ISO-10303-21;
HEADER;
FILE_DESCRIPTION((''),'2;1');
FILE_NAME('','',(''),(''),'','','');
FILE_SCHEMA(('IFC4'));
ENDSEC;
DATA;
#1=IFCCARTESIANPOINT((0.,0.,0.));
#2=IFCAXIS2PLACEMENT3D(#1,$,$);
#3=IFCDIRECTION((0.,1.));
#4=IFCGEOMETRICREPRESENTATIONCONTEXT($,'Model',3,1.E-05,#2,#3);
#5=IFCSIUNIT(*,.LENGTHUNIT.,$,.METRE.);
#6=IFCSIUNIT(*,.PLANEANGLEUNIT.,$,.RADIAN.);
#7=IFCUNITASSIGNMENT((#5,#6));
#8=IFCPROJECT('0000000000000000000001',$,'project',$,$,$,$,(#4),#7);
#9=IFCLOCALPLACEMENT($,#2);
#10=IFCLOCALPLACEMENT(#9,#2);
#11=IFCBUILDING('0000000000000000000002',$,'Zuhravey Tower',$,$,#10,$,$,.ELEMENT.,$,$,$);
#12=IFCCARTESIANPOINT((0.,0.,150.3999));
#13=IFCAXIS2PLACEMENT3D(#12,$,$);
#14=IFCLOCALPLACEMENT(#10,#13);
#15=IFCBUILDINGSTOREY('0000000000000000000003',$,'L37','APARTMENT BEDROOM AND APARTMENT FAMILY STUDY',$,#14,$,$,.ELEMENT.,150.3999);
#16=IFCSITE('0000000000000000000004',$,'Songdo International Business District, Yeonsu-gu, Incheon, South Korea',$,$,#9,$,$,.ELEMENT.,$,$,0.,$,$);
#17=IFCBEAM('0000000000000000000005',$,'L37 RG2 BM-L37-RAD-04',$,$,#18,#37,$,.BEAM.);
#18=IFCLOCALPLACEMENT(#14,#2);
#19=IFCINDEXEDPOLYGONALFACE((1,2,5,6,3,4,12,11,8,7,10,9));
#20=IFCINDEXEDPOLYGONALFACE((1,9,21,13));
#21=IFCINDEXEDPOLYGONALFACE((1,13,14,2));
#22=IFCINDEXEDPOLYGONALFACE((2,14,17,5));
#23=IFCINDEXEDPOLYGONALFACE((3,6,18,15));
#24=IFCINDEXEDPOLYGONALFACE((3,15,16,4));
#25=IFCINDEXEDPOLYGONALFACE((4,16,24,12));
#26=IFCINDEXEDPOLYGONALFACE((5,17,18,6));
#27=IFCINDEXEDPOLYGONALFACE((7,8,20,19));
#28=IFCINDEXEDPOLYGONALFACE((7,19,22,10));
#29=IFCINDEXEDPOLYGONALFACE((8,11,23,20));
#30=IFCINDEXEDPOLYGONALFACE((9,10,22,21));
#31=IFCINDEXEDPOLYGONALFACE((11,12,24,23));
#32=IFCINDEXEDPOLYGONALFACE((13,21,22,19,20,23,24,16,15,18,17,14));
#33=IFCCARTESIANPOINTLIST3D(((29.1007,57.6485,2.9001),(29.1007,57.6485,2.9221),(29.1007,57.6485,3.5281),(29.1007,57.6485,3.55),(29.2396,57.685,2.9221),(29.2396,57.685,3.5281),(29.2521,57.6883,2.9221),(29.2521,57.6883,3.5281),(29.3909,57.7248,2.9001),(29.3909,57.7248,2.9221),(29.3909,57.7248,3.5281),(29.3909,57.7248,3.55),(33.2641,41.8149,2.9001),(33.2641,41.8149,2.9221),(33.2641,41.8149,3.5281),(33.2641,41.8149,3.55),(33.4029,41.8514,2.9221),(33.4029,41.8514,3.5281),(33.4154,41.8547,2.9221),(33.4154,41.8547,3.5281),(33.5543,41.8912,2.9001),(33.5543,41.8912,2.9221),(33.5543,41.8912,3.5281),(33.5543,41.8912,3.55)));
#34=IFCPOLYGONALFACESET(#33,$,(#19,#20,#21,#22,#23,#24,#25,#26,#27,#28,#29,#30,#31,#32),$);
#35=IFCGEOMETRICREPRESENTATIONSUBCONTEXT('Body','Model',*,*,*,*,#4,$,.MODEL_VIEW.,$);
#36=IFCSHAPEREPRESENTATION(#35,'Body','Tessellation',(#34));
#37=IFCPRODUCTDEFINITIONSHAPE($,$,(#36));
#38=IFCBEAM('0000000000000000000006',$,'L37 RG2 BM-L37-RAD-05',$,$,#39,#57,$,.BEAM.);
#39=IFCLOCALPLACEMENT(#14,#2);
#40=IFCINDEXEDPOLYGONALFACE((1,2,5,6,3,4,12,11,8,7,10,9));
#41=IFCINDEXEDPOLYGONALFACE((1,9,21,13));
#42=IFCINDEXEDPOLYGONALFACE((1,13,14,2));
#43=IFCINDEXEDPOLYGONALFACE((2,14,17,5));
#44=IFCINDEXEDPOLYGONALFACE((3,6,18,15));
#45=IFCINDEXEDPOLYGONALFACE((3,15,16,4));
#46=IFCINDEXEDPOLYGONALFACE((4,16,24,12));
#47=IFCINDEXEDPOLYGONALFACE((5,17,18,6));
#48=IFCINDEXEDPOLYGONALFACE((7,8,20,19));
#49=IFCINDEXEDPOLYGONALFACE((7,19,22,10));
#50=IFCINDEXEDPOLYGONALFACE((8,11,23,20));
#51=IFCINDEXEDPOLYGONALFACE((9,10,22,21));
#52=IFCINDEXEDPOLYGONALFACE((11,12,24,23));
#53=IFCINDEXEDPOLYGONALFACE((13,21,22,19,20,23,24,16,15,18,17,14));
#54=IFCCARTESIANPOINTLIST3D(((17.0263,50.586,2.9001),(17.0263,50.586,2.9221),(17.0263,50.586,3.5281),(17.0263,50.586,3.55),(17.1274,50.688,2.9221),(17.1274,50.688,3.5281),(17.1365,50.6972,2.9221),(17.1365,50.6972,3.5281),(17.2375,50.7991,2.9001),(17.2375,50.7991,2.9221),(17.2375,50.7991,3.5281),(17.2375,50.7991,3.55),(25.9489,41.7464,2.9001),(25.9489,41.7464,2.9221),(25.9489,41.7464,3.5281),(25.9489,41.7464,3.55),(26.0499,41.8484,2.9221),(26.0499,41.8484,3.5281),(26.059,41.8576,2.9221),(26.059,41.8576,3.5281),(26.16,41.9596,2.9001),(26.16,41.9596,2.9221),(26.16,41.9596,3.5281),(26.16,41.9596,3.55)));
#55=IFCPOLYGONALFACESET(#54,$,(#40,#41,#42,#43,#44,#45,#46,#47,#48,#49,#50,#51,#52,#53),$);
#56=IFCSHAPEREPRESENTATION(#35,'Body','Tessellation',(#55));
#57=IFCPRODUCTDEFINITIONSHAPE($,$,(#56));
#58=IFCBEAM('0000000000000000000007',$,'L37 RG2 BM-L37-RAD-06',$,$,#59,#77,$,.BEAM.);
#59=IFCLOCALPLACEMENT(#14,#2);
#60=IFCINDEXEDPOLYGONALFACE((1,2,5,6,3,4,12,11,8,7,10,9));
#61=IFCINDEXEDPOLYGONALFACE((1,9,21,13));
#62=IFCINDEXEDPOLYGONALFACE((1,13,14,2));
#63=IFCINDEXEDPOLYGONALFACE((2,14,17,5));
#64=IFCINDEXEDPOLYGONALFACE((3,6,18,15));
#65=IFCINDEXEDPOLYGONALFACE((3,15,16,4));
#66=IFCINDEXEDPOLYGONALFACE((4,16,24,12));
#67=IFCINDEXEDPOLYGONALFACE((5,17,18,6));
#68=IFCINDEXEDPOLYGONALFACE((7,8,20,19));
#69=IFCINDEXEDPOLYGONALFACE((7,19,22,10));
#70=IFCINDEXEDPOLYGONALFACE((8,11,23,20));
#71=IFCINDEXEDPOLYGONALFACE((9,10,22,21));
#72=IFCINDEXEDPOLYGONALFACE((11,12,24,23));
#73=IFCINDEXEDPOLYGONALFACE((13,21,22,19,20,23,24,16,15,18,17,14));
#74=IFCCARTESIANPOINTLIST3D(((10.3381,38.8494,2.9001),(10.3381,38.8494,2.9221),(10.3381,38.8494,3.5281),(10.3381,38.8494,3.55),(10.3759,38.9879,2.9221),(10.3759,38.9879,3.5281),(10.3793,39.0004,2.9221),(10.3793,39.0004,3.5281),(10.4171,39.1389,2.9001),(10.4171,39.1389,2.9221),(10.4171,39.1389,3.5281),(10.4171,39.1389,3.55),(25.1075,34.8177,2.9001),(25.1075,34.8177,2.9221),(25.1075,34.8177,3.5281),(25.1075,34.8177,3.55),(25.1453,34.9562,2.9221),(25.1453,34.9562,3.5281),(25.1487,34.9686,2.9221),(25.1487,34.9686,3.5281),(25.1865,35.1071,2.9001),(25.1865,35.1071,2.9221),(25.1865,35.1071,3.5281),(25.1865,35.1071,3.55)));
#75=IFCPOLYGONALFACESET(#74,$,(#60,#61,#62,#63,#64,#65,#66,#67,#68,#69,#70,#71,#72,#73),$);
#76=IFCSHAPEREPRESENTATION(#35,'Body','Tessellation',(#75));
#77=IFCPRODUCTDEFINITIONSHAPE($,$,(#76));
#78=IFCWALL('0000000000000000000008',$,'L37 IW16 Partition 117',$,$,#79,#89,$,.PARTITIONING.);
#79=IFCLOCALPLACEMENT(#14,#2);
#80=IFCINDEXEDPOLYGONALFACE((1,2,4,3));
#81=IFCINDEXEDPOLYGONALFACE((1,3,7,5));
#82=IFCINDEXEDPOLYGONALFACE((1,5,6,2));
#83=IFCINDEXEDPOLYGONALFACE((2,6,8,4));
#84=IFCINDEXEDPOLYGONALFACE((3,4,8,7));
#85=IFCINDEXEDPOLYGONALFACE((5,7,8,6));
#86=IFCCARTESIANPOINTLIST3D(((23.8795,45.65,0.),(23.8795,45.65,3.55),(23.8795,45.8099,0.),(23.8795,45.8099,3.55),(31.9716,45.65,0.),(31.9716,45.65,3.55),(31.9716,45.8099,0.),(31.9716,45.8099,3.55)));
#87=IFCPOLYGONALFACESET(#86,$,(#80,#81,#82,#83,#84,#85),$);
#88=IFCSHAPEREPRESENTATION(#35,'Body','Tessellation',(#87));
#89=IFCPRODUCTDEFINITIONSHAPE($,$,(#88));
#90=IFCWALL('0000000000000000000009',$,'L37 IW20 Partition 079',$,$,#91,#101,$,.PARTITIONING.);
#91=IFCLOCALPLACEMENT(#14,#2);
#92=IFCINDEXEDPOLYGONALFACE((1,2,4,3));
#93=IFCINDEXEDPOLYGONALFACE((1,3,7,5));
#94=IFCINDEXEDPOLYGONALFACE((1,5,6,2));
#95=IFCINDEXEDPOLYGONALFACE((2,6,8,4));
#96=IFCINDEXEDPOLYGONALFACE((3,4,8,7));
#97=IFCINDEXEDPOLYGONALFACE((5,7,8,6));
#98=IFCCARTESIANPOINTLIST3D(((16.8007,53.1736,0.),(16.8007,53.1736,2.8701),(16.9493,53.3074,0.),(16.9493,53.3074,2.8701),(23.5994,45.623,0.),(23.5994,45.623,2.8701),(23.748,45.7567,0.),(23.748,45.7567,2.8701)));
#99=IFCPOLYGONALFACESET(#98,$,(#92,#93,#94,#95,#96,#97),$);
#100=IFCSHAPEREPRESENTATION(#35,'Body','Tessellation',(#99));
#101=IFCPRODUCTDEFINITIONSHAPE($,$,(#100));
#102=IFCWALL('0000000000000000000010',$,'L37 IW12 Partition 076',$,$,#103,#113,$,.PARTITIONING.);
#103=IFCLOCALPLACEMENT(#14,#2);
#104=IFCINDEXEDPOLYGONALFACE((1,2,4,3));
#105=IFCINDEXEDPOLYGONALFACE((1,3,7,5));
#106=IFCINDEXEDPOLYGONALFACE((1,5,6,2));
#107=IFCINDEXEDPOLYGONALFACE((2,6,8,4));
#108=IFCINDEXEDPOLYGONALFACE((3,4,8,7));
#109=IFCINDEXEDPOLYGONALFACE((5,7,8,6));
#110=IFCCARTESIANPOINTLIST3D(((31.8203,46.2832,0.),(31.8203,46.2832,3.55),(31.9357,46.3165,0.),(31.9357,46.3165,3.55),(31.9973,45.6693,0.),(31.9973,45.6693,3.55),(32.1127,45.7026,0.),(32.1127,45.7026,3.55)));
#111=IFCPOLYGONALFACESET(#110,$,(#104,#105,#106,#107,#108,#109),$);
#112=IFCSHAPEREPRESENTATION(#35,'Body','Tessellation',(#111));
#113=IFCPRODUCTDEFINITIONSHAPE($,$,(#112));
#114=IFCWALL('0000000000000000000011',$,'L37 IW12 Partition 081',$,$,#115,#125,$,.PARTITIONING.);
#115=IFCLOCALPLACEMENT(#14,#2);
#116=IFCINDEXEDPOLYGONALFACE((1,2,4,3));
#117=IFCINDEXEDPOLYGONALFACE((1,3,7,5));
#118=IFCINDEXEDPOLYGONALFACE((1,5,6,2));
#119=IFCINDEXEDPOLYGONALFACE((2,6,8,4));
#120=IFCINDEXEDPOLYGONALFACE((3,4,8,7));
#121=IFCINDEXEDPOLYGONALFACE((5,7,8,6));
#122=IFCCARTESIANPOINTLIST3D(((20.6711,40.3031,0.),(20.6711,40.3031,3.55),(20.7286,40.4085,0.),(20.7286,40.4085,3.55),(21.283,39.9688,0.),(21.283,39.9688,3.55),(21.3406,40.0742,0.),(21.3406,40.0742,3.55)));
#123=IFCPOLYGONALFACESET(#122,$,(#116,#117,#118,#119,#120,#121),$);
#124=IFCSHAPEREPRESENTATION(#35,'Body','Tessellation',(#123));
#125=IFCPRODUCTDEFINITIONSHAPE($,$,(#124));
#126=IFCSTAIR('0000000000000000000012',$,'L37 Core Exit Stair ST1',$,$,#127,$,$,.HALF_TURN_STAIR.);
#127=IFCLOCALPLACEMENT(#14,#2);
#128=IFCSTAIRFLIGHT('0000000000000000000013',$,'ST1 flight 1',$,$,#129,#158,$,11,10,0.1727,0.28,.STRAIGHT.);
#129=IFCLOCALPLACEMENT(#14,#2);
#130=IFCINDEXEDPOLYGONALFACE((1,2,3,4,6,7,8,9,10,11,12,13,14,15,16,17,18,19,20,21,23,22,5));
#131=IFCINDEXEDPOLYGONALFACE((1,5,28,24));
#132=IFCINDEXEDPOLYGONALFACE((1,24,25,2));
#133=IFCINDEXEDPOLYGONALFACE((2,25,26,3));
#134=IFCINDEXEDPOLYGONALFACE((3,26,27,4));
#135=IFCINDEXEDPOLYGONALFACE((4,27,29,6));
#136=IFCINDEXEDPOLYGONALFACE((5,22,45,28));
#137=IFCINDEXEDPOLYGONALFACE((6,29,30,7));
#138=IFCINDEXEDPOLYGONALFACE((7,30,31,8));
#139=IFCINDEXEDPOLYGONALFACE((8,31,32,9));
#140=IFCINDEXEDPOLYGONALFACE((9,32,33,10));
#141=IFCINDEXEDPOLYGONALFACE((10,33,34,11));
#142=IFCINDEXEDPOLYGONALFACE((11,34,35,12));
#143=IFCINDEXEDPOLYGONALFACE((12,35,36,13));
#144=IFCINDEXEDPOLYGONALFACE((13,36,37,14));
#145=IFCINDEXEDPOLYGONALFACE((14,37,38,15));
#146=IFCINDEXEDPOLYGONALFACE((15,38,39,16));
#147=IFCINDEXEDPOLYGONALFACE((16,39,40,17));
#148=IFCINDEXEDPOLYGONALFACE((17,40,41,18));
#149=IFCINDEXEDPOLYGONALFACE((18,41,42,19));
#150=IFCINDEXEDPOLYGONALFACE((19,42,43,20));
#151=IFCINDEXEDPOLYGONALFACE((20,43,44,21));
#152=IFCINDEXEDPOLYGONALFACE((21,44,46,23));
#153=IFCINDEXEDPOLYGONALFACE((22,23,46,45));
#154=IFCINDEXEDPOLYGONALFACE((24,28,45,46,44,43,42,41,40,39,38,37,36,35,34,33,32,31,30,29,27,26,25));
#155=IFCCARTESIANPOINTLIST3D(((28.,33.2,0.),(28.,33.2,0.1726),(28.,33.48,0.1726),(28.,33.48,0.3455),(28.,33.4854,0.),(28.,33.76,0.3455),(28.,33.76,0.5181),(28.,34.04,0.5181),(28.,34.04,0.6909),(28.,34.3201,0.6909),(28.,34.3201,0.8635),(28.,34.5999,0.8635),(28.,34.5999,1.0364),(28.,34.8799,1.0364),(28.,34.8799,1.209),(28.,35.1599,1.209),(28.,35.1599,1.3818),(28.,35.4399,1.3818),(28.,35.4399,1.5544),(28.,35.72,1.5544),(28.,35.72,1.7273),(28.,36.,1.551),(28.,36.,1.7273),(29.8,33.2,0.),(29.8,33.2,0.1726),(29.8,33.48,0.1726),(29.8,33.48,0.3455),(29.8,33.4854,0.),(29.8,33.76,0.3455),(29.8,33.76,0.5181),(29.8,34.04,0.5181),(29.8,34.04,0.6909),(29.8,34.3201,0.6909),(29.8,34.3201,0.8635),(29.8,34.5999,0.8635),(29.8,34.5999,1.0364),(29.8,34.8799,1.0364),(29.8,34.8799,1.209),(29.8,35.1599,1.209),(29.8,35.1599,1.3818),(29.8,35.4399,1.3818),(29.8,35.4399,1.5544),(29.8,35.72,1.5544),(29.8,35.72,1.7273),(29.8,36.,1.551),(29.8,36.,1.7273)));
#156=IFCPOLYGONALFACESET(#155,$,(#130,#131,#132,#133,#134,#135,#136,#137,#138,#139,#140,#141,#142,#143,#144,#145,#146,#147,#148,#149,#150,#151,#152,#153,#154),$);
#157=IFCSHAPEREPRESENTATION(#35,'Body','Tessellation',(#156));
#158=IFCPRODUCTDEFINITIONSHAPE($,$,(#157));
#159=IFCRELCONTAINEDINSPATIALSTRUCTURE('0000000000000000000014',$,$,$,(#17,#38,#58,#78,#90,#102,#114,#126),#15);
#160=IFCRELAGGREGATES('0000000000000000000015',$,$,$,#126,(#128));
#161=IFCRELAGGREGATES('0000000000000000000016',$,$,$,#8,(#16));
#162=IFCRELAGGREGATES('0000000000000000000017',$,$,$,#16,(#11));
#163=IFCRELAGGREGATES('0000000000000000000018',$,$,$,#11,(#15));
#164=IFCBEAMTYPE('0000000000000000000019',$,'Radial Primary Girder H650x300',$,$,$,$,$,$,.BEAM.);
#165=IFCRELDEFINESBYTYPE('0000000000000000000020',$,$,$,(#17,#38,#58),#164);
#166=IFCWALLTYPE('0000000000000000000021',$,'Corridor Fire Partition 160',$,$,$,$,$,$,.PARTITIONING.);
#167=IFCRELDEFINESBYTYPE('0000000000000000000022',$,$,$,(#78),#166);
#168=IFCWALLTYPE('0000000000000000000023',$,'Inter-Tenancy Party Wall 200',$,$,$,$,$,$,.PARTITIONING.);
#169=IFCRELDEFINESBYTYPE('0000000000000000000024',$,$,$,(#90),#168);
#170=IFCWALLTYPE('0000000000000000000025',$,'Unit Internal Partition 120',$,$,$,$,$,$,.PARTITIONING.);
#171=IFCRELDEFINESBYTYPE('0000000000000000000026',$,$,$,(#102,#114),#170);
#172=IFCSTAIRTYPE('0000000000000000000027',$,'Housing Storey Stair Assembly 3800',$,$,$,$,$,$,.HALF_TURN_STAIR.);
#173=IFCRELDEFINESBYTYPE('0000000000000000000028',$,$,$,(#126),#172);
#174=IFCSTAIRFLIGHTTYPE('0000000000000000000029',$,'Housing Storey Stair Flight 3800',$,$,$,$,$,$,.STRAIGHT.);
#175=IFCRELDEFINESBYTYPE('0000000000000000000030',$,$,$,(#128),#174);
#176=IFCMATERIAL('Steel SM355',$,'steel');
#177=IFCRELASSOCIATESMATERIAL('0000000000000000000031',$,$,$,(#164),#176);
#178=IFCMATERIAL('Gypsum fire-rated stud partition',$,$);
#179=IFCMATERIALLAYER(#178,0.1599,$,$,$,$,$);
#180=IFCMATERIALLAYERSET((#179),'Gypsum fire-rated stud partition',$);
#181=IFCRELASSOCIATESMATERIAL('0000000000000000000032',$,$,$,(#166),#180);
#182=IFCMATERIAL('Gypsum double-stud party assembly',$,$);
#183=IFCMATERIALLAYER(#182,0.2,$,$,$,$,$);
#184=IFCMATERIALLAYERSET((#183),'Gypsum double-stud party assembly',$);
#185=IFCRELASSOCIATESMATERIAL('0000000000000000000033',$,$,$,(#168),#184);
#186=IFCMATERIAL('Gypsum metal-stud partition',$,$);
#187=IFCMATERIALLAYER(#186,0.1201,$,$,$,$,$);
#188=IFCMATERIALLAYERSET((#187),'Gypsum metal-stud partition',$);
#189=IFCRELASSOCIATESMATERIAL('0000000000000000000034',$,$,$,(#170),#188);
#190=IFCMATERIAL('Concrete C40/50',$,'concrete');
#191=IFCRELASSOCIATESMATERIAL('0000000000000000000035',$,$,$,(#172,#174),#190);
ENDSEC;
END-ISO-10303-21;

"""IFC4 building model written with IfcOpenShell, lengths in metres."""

from ifc_helpers import new_model, si_unit, direction, frame, frame_2d, origin, origin_2d, place, context, subcontext, project, spatial, polyline, rectangle, i_section, outline, extrude, material, layer, layer_set, material_profile, profile_set, type_object, element, aggregate, save


model = new_model("IFC4")

# Units and contexts
model_context = context("Model", 3, precision=1e-05, world=origin(), true_north=direction((0.0, 1.0)))
body_context = subcontext(model_context, "Body", "Model", "MODEL_VIEW")
ifc_project = project(units=[si_unit("LENGTHUNIT", "METRE"), si_unit("PLANEANGLEUNIT", "RADIAN")], contexts=[model_context])

# Site, building, storey
site_placement = place(None, origin())
site = spatial("IfcSite", under=ifc_project, at=site_placement, Name="Songdo International Business District, Yeonsu-gu, Incheon, South Korea", CompositionType="ELEMENT", RefElevation=0.0)
building_placement = place(site_placement, origin())
building = spatial("IfcBuilding", under=site, at=building_placement, Name="Zuhravey Tower", CompositionType="ELEMENT")
storey_placement = place(building_placement, frame((0.0, 0.0, 150.3999)))
storey = spatial("IfcBuildingStorey", under=building, at=storey_placement, Name="L37", Description="APARTMENT BEDROOM AND APARTMENT FAMILY STUDY", CompositionType="ELEMENT", Elevation=150.3999)

# Beams
ifc_material_1 = material(Name="Steel SM355", Category="steel")
ifc_material_profile = material_profile(ifc_material_1, i_section(OverallWidth=0.3, OverallDepth=0.6499, WebThickness=0.0129, FlangeThickness=0.022, at=origin_2d()), Name="H-650x300x13x22")
ifc_profile_set = profile_set([ifc_material_profile], Name="Steel SM355")
beam_type = type_object("IfcBeamType", Name="Radial Primary Girder H650x300", PredefinedType="BEAM", material=ifc_profile_set)
beam_1_placement = place(storey_placement, frame((33.4092, 41.853, 3.2251), z_axis=(-0.2543, 0.967125, 0.0), x_axis=(-0.967125, -0.2543, 0.0)))
element("IfcBeam", 1, at=beam_1_placement, inside=storey, type_object=beam_type, Name="L37 RG2 BM-L37-RAD-04", PredefinedType="BEAM", context=body_context, shape_type="SweptSolid", body=[
    extrude(i_section(OverallWidth=0.3, OverallDepth=0.6499, WebThickness=0.0129, FlangeThickness=0.022, at=origin_2d()), origin(), (0.0, 0.0, 1.0), 16.3718),
])
beam_2_placement = place(storey_placement, frame((26.0544, 41.853, 3.2251), z_axis=(-0.710404, 0.703795, 0.0), x_axis=(-0.703795, -0.710404, 0.0)))
element("IfcBeam", 2, at=beam_2_placement, inside=storey, type_object=beam_type, Name="L37 RG2 BM-L37-RAD-05", PredefinedType="BEAM", context=body_context, shape_type="SweptSolid", body=[
    extrude(i_section(OverallWidth=0.3, OverallDepth=0.6499, WebThickness=0.0129, FlangeThickness=0.022, at=origin_2d()), origin(), (0.0, 0.0, 1.0), 12.5598),
])
beam_3_placement = place(storey_placement, frame((25.147, 34.9624, 3.2251), z_axis=(-0.964702, 0.263345, 0.0), x_axis=(-0.263345, -0.964702, 0.0)))
element("IfcBeam", 3, at=beam_3_placement, inside=storey, type_object=beam_type, Name="L37 RG2 BM-L37-RAD-06", PredefinedType="BEAM", context=body_context, shape_type="SweptSolid", body=[
    extrude(i_section(OverallWidth=0.3, OverallDepth=0.6499, WebThickness=0.0129, FlangeThickness=0.022, at=origin_2d()), origin(), (0.0, 0.0, 1.0), 15.3098),
])

# Walls
ifc_material_2 = material(Name="Gypsum fire-rated stud partition")
ifc_layer_1 = layer(ifc_material_2, 0.1599)
ifc_layer_set_1 = layer_set([ifc_layer_1], Name="Gypsum fire-rated stud partition")
wall_type_1 = type_object("IfcWallType", Name="Corridor Fire Partition 160", PredefinedType="PARTITIONING", material=ifc_layer_set_1)
wall_1_placement = place(storey_placement, frame((31.9714, 45.73, 0.0), z_axis=(0.0, 0.0, 1.0), x_axis=(-1.0, 0.0, 0.0)))
element("IfcWall", 4, at=wall_1_placement, inside=storey, type_object=wall_type_1, Name="L37 IW16 Partition 117", PredefinedType="PARTITIONING", context=body_context, shape_type="SweptSolid", body=[
    extrude(rectangle(XDim=8.092, YDim=0.1599, at=frame_2d((4.0459, 0.0))), origin(), (0.0, 0.0, 1.0), 3.55),
])
ifc_material_3 = material(Name="Gypsum double-stud party assembly")
ifc_layer_2 = layer(ifc_material_3, 0.2)
ifc_layer_set_2 = layer_set([ifc_layer_2], Name="Gypsum double-stud party assembly")
wall_type_2 = type_object("IfcWallType", Name="Inter-Tenancy Party Wall 200", PredefinedType="PARTITIONING", material=ifc_layer_set_2)
wall_2_placement = place(storey_placement, frame((23.6736, 45.6899, 0.0), z_axis=(0.0, 0.0, 1.0), x_axis=(-0.669133, 0.743142, 0.0)))
element("IfcWall", 5, at=wall_2_placement, inside=storey, type_object=wall_type_2, Name="L37 IW20 Partition 079", PredefinedType="PARTITIONING", context=body_context, shape_type="SweptSolid", body=[
    extrude(rectangle(XDim=10.1604, YDim=0.2, at=frame_2d((5.0801, 0.0))), origin(), (0.0, 0.0, 1.0), 2.8701),
])
ifc_material_4 = material(Name="Gypsum metal-stud partition")
ifc_layer_3 = layer(ifc_material_4, 0.1201)
ifc_layer_set_3 = layer_set([ifc_layer_3], Name="Gypsum metal-stud partition")
wall_type_3 = type_object("IfcWallType", Name="Unit Internal Partition 120", PredefinedType="PARTITIONING", material=ifc_layer_set_3)
wall_3_placement = place(storey_placement, frame((32.0549, 45.686, 0.0), z_axis=(0.0, 0.0, 1.0), x_axis=(-0.276991, 0.960872, 0.0)))
element("IfcWall", 6, at=wall_3_placement, inside=storey, type_object=wall_type_3, Name="L37 IW12 Partition 076", PredefinedType="PARTITIONING", context=body_context, shape_type="SweptSolid", body=[
    extrude(rectangle(XDim=0.6389, YDim=0.1201, at=frame_2d((0.3193, 0.0))), origin(), (0.0, 0.0, 1.0), 3.55),
])
wall_4_placement = place(storey_placement, frame((21.3118, 40.0215, 0.0), z_axis=(0.0, 0.0, 1.0), x_axis=(-0.877588, 0.479416, 0.0)))
element("IfcWall", 7, at=wall_4_placement, inside=storey, type_object=wall_type_3, Name="L37 IW12 Partition 081", PredefinedType="PARTITIONING", context=body_context, shape_type="SweptSolid", body=[
    extrude(rectangle(XDim=0.6973, YDim=0.1201, at=frame_2d((0.3486, 0.0))), origin(), (0.0, 0.0, 1.0), 3.55),
])

# Stair, stair flight
ifc_material_5 = material(Name="Concrete C40/50", Category="concrete")
stair_type = type_object("IfcStairType", Name="Housing Storey Stair Assembly 3800", PredefinedType="HALF_TURN_STAIR", material=ifc_material_5)
stair_1_placement = place(storey_placement, origin())
stair_1 = element("IfcStair", 8, at=stair_1_placement, inside=storey, type_object=stair_type, Name="L37 Core Exit Stair ST1", PredefinedType="HALF_TURN_STAIR")
stair_flight_type = type_object("IfcStairFlightType", Name="Housing Storey Stair Flight 3800", PredefinedType="STRAIGHT", material=ifc_material_5)
stair_flight_1_placement = place(storey_placement, frame((28.8999, 33.2, 0.0), z_axis=(0.0, 0.0, 1.0), x_axis=(0.0, 1.0, 0.0)))
stair_flight_1 = element("IfcStairFlight", 9, at=stair_flight_1_placement, type_object=stair_flight_type, Name="ST1 flight 1", NumberOfRisers=11, NumberOfTreads=10, PredefinedType="STRAIGHT", RiserHeight=0.1727, TreadLength=0.28, context=body_context, shape_type="SweptSolid", body=[
    extrude(outline(polyline([(0.0, 0.0), (0.0, 0.1726), (0.28, 0.1726), (0.28, 0.3455), (0.5601, 0.3455), (0.5601, 0.5181), (0.8401, 0.5181), (0.8401, 0.6909), (1.1201, 0.6909), (1.1201, 0.8635), (1.3999, 0.8635), (1.3999, 1.0364), (1.6799, 1.0364), (1.6799, 1.209), (1.96, 1.209), (1.96, 1.3818), (2.24, 1.3818), (2.24, 1.5544), (2.52, 1.5544), (2.52, 1.7273), (2.8, 1.7273), (2.8, 1.8999), (2.8, 1.551), (0.2854, 0.0), (0.0, 0.0)])), frame((0.0, 0.8999, 0.0), z_axis=(0.0, -1.0, 0.0), x_axis=(1.0, 0.0, 0.0)), (0.0, 0.0, 1.0), 1.8),
])
aggregate(stair_1, [stair_flight_1])

save(model, "model.ifc")
